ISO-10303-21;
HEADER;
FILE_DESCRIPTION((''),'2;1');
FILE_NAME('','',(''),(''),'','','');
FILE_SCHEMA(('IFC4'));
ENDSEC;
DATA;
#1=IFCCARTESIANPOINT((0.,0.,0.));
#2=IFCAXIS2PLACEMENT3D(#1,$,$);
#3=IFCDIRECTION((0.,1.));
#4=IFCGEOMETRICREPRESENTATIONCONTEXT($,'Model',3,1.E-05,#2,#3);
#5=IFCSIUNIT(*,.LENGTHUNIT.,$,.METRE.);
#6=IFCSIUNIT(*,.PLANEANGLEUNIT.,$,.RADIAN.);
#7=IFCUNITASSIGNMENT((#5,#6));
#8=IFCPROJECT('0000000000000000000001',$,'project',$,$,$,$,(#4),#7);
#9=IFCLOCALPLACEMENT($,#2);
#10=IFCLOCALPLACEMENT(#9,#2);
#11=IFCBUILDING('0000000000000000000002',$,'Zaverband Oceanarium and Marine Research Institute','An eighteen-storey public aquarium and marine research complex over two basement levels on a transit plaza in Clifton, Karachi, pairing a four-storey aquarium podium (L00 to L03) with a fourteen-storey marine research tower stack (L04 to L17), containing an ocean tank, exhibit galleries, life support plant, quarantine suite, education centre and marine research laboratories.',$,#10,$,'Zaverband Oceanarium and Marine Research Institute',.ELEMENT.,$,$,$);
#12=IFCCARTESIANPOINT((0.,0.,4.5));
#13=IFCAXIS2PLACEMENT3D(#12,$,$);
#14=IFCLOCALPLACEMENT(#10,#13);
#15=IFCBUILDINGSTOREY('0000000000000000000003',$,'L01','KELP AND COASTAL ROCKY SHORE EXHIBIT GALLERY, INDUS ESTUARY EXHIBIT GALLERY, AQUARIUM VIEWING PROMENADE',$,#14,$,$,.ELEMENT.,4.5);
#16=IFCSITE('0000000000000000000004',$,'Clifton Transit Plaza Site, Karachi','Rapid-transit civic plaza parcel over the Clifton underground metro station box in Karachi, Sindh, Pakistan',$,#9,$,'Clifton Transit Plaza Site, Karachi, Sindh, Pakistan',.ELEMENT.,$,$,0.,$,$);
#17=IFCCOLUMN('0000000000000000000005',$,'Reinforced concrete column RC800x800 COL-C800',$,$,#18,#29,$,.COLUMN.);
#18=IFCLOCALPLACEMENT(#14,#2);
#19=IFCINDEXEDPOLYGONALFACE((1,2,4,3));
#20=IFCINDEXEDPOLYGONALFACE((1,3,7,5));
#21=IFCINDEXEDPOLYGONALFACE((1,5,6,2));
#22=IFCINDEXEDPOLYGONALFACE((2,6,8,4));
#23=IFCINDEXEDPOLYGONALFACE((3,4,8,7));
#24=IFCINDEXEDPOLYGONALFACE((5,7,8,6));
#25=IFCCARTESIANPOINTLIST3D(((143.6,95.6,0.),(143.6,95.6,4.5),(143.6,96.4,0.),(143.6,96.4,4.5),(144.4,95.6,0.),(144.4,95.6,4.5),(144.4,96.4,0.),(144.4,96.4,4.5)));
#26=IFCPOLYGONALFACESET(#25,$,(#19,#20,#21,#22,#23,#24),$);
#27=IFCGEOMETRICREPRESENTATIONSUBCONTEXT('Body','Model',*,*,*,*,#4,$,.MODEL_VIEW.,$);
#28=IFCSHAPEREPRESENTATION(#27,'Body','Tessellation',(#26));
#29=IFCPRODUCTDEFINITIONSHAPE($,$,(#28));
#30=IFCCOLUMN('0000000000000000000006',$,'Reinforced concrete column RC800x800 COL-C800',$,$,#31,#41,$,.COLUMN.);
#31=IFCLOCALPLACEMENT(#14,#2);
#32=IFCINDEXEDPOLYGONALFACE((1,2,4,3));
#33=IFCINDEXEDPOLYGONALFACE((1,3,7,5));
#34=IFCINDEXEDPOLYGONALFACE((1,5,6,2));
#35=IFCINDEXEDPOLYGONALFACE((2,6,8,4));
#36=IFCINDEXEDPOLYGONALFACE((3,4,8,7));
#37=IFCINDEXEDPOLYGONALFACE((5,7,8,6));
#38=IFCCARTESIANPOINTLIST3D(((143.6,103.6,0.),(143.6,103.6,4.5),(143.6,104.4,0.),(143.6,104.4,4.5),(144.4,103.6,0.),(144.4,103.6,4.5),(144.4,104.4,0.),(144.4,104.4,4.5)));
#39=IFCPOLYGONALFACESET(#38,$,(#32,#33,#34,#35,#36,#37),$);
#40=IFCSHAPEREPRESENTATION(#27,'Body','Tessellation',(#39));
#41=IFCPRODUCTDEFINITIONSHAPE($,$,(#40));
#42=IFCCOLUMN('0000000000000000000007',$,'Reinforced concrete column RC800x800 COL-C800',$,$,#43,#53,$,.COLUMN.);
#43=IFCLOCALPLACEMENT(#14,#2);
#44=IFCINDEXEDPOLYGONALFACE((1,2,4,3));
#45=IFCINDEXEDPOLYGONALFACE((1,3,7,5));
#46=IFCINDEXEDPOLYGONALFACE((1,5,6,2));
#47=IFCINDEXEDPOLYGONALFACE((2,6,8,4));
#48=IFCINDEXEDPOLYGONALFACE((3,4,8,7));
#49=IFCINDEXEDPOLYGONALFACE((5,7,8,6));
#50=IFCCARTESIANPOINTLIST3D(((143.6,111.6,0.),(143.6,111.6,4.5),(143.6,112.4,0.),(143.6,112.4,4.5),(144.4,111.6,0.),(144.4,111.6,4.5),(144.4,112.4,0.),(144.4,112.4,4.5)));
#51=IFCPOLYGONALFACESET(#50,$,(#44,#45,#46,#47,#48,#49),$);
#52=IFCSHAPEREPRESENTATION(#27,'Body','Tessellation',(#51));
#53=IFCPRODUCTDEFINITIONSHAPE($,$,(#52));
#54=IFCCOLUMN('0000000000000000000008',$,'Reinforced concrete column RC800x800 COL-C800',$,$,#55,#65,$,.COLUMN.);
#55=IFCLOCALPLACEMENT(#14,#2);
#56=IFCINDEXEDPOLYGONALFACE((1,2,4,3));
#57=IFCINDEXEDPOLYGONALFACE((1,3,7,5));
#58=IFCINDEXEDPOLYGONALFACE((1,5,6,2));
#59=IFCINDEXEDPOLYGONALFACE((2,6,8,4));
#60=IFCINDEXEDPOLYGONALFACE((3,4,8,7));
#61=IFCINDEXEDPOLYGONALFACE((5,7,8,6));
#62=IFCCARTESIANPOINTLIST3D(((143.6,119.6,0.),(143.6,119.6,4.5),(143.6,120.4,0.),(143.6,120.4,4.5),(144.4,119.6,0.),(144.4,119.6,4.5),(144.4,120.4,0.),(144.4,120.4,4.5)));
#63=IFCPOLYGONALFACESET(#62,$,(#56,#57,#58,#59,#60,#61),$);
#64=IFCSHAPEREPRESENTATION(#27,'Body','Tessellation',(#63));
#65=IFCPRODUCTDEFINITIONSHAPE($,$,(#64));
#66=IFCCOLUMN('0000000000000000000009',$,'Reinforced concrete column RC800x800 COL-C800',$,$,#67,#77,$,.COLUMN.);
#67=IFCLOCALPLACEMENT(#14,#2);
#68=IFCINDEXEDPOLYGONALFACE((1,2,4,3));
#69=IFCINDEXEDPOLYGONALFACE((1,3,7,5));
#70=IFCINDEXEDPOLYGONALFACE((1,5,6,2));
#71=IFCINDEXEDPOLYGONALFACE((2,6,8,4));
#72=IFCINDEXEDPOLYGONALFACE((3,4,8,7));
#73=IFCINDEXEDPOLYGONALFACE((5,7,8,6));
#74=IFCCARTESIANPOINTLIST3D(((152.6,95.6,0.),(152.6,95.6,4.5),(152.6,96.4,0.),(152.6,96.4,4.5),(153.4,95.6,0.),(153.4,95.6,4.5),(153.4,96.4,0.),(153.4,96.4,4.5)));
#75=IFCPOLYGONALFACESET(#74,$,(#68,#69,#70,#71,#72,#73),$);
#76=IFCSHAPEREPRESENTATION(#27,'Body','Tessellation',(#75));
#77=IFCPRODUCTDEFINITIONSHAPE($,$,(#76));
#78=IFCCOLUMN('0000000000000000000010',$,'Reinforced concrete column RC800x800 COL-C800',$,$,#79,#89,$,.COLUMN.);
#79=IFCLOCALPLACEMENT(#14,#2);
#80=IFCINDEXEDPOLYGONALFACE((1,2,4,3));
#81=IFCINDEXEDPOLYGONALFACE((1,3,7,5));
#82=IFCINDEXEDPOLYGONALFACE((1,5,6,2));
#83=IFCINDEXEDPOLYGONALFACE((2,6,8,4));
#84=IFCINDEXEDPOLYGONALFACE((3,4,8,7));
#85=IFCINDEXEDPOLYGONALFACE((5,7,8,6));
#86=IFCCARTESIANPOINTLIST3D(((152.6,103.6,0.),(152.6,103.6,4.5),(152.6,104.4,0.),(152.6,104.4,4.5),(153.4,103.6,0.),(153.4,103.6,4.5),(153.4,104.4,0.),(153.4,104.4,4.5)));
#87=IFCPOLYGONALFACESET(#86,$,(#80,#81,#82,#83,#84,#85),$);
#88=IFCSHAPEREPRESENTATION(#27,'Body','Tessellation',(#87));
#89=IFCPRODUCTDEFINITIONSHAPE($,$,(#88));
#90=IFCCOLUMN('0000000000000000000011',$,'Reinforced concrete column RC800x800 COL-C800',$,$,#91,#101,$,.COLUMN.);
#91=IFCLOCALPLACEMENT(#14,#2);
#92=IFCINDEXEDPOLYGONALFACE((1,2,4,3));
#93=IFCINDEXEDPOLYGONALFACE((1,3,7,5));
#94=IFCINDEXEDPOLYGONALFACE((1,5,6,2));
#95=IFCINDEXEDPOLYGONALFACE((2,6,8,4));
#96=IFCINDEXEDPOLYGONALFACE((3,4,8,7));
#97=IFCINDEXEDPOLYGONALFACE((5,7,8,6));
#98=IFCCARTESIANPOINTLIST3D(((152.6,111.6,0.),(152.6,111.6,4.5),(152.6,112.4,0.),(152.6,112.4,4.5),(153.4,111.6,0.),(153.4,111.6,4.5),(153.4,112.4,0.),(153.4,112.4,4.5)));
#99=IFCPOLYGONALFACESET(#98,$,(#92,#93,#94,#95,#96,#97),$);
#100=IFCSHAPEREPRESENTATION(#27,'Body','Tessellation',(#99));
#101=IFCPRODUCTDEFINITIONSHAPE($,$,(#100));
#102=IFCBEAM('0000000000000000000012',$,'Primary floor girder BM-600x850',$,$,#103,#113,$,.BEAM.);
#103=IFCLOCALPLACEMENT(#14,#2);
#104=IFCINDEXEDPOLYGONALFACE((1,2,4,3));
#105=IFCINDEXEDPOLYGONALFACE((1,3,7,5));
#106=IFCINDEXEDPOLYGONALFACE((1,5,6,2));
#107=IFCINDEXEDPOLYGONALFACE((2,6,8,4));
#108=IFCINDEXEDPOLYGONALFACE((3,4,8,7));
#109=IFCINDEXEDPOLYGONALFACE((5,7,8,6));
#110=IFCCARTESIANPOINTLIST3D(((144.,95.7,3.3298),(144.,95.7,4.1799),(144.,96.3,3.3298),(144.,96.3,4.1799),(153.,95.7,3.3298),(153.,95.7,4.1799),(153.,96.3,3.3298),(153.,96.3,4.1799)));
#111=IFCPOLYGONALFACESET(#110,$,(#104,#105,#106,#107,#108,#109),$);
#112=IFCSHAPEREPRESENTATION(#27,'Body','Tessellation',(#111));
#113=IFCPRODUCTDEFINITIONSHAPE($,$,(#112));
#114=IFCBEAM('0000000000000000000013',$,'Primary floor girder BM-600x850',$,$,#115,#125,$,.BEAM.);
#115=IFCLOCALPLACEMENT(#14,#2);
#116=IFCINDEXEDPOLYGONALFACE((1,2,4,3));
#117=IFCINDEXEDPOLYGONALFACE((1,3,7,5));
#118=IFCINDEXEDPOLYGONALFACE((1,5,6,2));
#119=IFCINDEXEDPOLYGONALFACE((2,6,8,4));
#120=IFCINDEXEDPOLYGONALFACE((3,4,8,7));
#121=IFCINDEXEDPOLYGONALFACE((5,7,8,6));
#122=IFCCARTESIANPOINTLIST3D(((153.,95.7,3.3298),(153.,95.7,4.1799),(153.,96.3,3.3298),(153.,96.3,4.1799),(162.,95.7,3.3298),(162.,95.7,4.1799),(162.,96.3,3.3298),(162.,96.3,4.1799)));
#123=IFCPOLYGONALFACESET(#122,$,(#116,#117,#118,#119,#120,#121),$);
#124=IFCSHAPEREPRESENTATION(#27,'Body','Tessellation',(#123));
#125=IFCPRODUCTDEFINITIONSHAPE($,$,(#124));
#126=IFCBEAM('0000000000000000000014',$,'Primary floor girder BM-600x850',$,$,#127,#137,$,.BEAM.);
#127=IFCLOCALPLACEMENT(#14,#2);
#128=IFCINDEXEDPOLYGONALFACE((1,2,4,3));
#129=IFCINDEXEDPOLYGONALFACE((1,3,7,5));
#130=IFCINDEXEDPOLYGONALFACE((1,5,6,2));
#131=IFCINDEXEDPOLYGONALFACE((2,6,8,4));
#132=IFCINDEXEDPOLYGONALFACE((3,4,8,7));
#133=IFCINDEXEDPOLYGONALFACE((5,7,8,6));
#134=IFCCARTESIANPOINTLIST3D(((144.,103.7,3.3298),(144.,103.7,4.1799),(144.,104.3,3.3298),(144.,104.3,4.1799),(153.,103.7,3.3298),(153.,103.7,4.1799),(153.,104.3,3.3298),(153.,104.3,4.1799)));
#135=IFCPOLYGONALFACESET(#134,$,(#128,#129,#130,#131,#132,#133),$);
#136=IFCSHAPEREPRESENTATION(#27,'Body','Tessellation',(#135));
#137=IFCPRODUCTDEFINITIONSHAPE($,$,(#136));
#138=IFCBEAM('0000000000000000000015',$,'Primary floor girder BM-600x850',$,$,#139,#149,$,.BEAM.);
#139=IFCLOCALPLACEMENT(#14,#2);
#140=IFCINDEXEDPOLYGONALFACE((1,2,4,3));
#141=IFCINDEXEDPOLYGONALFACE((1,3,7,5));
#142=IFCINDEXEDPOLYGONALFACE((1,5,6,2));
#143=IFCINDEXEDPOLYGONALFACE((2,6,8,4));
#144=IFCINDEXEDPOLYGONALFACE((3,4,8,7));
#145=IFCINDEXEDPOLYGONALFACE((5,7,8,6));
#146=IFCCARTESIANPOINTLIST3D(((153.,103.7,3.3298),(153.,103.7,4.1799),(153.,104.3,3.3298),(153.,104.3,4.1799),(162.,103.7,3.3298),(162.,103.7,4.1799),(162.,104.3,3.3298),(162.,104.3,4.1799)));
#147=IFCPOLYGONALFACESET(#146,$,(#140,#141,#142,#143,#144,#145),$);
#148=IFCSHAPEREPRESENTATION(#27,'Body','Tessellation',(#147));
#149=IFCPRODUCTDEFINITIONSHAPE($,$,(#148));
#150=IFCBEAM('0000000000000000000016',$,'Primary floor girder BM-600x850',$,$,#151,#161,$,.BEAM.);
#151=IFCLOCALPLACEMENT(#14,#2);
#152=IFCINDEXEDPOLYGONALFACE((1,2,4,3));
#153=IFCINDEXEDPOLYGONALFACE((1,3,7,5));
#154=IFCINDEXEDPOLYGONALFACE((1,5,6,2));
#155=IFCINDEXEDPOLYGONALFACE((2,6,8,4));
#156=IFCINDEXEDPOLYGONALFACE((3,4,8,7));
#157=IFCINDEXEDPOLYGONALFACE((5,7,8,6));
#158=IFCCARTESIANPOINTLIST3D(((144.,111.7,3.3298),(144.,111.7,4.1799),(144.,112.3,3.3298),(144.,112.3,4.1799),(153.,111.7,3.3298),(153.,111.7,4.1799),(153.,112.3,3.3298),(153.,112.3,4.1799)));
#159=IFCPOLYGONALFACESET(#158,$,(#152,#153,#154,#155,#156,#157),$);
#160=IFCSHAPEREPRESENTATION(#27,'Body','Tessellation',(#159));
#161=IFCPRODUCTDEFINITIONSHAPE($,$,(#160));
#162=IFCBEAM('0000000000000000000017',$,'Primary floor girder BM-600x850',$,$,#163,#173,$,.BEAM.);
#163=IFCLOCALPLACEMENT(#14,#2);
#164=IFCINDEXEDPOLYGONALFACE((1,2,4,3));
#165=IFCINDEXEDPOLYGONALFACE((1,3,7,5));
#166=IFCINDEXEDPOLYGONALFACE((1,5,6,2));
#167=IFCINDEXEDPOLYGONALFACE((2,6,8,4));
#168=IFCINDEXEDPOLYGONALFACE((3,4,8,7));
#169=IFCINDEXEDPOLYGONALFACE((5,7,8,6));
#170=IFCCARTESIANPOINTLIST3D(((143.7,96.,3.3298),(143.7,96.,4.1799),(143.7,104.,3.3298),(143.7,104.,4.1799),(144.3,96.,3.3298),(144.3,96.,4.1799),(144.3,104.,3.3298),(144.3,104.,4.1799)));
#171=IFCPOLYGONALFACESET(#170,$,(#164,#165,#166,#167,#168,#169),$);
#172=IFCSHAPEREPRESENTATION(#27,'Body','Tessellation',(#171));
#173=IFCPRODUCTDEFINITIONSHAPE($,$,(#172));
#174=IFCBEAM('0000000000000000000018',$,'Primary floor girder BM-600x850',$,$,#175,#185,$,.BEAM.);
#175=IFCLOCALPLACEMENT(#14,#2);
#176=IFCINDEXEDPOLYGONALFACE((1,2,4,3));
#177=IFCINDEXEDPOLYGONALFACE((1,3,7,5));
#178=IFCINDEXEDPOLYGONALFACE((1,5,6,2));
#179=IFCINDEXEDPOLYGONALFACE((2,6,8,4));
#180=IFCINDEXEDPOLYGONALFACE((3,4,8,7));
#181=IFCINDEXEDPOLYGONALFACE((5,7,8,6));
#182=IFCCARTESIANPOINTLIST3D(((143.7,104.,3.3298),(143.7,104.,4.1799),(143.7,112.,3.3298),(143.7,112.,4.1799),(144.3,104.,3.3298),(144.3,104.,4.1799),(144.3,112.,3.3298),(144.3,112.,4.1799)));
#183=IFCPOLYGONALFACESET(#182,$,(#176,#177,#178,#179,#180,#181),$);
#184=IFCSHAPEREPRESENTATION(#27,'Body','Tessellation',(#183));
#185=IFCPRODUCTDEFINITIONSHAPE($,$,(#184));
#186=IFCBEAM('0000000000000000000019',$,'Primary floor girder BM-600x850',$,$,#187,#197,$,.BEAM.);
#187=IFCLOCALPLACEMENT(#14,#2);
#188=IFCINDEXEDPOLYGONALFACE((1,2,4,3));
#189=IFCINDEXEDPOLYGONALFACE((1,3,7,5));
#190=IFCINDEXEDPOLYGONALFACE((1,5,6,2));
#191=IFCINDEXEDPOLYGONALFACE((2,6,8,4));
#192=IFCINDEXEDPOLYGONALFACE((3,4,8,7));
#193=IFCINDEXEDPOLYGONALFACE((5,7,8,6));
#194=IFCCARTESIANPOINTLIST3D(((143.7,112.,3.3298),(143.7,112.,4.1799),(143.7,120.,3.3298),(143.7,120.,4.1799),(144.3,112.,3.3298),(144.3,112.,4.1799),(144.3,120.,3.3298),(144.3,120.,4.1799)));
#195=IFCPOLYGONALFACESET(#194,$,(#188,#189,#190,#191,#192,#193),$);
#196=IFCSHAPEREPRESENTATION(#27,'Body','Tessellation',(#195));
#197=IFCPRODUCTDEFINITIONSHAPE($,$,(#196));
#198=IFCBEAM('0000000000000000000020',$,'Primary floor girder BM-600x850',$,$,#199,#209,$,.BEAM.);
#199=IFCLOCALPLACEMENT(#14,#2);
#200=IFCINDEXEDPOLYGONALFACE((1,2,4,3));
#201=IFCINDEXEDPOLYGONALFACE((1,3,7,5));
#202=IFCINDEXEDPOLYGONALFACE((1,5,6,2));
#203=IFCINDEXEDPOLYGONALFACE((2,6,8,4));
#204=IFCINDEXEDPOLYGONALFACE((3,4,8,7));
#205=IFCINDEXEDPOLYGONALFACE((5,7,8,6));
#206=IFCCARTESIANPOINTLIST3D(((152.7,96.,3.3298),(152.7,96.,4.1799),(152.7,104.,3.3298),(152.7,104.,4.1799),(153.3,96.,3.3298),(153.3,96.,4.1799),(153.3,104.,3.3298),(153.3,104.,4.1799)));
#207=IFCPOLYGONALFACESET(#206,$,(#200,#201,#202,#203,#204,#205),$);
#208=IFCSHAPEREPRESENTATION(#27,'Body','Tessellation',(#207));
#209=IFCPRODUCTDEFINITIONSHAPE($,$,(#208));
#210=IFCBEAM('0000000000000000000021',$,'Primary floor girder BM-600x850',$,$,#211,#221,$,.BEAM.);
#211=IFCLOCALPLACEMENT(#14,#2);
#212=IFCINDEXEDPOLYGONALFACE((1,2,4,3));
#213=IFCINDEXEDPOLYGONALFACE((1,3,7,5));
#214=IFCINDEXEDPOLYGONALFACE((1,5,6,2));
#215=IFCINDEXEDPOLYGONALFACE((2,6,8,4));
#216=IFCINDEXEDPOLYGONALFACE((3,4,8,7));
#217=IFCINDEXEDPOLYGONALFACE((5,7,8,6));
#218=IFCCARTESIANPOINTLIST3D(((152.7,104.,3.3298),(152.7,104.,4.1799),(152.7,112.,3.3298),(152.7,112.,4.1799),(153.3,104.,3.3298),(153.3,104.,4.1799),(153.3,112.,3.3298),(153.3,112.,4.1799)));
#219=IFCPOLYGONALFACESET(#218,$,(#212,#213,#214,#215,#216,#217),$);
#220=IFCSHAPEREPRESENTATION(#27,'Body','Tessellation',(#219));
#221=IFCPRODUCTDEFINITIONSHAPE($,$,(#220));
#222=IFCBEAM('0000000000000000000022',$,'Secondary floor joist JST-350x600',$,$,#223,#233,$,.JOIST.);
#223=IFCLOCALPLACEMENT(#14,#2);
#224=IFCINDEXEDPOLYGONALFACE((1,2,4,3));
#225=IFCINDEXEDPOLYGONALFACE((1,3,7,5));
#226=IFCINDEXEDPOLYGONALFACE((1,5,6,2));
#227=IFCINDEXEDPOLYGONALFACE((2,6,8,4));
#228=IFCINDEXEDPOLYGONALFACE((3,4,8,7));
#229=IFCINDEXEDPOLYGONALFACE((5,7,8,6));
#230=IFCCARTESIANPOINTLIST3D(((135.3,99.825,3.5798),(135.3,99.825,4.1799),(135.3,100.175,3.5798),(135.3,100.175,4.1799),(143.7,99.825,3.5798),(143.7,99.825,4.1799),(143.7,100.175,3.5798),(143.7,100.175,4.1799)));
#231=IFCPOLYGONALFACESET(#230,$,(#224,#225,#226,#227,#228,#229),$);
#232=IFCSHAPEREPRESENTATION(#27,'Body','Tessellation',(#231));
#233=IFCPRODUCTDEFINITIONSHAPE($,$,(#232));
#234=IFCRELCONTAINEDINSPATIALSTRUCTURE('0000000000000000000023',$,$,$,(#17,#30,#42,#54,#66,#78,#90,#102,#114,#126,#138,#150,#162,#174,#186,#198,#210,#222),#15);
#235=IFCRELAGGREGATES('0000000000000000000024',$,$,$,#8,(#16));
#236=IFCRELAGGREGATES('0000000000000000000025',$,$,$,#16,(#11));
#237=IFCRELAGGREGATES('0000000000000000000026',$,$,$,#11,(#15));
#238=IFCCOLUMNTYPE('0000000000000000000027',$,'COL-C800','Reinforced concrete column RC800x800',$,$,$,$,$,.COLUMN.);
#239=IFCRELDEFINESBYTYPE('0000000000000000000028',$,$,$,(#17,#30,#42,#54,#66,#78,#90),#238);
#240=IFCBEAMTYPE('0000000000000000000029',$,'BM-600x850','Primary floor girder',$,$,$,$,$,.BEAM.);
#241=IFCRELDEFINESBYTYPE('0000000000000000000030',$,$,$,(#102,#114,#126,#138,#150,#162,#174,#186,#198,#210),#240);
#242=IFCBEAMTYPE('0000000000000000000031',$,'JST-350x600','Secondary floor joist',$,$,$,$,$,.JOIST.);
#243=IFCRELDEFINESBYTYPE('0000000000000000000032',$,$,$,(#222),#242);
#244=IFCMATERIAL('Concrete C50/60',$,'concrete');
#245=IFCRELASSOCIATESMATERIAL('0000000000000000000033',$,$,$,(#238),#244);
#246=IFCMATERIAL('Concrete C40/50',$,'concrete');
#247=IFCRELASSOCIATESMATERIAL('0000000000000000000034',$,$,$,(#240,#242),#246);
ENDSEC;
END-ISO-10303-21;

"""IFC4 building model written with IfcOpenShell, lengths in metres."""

from ifc_helpers import new_model, si_unit, direction, frame, origin, origin_2d, place, context, subcontext, project, spatial, rectangle, extrude, material, material_profile, profile_set, type_object, element, save


model = new_model("IFC4")

# Units and contexts
model_context = context("Model", 3, precision=1e-05, world=origin(), true_north=direction((0.0, 1.0)))
body_context = subcontext(model_context, "Body", "Model", "MODEL_VIEW")
ifc_project = project(units=[si_unit("LENGTHUNIT", "METRE"), si_unit("PLANEANGLEUNIT", "RADIAN")], contexts=[model_context])

# Site, building, storey
site_placement = place(None, origin())
site = spatial("IfcSite", under=ifc_project, at=site_placement, Name="Clifton Transit Plaza Site, Karachi", Description="Rapid-transit civic plaza parcel over the Clifton underground metro station box in Karachi, Sindh, Pakistan", LongName="Clifton Transit Plaza Site, Karachi, Sindh, Pakistan", CompositionType="ELEMENT", RefElevation=0.0)
building_placement = place(site_placement, origin())
building = spatial("IfcBuilding", under=site, at=building_placement, Name="Zaverband Oceanarium and Marine Research Institute", Description="An eighteen-storey public aquarium and marine research complex over two basement levels on a transit plaza in Clifton, Karachi, pairing a four-storey aquarium podium (L00 to L03) with a fourteen-storey marine research tower stack (L04 to L17), containing an ocean tank, exhibit galleries, life support plant, quarantine suite, education centre and marine research laboratories.", LongName="Zaverband Oceanarium and Marine Research Institute", CompositionType="ELEMENT")
storey_placement = place(building_placement, frame((0.0, 0.0, 4.5)))
storey = spatial("IfcBuildingStorey", under=building, at=storey_placement, Name="L01", Description="KELP AND COASTAL ROCKY SHORE EXHIBIT GALLERY, INDUS ESTUARY EXHIBIT GALLERY, AQUARIUM VIEWING PROMENADE", CompositionType="ELEMENT", Elevation=4.5)

# Columns
ifc_material_1 = material(Name="Concrete C50/60", Category="concrete")
ifc_material_profile_1 = material_profile(ifc_material_1, rectangle(XDim=0.8, YDim=0.8, at=origin_2d()), Name="RC800x800")
ifc_profile_set_1 = profile_set([ifc_material_profile_1], Name="Concrete C50/60")
column_type = type_object("IfcColumnType", Name="COL-C800", Description="Reinforced concrete column RC800x800", PredefinedType="COLUMN", material=ifc_profile_set_1)
for number, where, z_axis, x_axis, name in (
    (1, (144.0, 96.0, 0.0), (0.0, 0.0, 1.0), (1.0, 0.0, 0.0), "Reinforced concrete column RC800x800 COL-C800"),
    (2, (144.0, 104.0, 0.0), (0.0, 0.0, 1.0), (1.0, 0.0, 0.0), "Reinforced concrete column RC800x800 COL-C800"),
    (3, (144.0, 112.0, 0.0), (0.0, 0.0, 1.0), (1.0, 0.0, 0.0), "Reinforced concrete column RC800x800 COL-C800"),
    (4, (144.0, 120.0, 0.0), (0.0, 0.0, 1.0), (1.0, 0.0, 0.0), "Reinforced concrete column RC800x800 COL-C800"),
    (5, (153.0, 96.0, 0.0), (0.0, 0.0, 1.0), (1.0, 0.0, 0.0), "Reinforced concrete column RC800x800 COL-C800"),
    (6, (153.0, 104.0, 0.0), (0.0, 0.0, 1.0), (1.0, 0.0, 0.0), "Reinforced concrete column RC800x800 COL-C800"),
    (7, (153.0, 112.0, 0.0), (0.0, 0.0, 1.0), (1.0, 0.0, 0.0), "Reinforced concrete column RC800x800 COL-C800"),
):
    element("IfcColumn", number, at=place(storey_placement, frame(where, z_axis=z_axis, x_axis=x_axis)), inside=storey, type_object=column_type, Name=name, PredefinedType="COLUMN", context=body_context, shape_type="SweptSolid", body=[
        extrude(rectangle(XDim=0.8, YDim=0.8, at=origin_2d()), origin(), (0.0, 0.0, 1.0), 4.5),
    ])

# Beams
ifc_material_2 = material(Name="Concrete C40/50", Category="concrete")
ifc_material_profile_2 = material_profile(ifc_material_2, rectangle(XDim=0.6001, YDim=0.8501, at=origin_2d()), Name="RC600x850")
ifc_profile_set_2 = profile_set([ifc_material_profile_2], Name="Concrete C40/50")
beam_type_1 = type_object("IfcBeamType", Name="BM-600x850", Description="Primary floor girder", PredefinedType="BEAM", material=ifc_profile_set_2)
for number, where, z_axis, x_axis, name in (
    (8, (144.0, 96.0, 3.7549), (1.0, 0.0, 0.0), (0.0, 1.0, 0.0), "Primary floor girder BM-600x850"),
    (9, (153.0, 96.0, 3.7549), (1.0, 0.0, 0.0), (0.0, 1.0, 0.0), "Primary floor girder BM-600x850"),
    (10, (144.0, 104.0, 3.7549), (1.0, 0.0, 0.0), (0.0, 1.0, 0.0), "Primary floor girder BM-600x850"),
    (11, (153.0, 104.0, 3.7549), (1.0, 0.0, 0.0), (0.0, 1.0, 0.0), "Primary floor girder BM-600x850"),
    (12, (144.0, 112.0, 3.7549), (1.0, 0.0, 0.0), (0.0, 1.0, 0.0), "Primary floor girder BM-600x850"),
):
    element("IfcBeam", number, at=place(storey_placement, frame(where, z_axis=z_axis, x_axis=x_axis)), inside=storey, type_object=beam_type_1, Name=name, PredefinedType="BEAM", context=body_context, shape_type="SweptSolid", body=[
        extrude(rectangle(XDim=0.6001, YDim=0.8501, at=origin_2d()), origin(), (0.0, 0.0, 1.0), 9.0),
    ])
for number, where, z_axis, x_axis, name in (
    (13, (144.0, 96.0, 3.7549), (0.0, 1.0, 0.0), (-1.0, 0.0, 0.0), "Primary floor girder BM-600x850"),
    (14, (144.0, 104.0, 3.7549), (0.0, 1.0, 0.0), (-1.0, 0.0, 0.0), "Primary floor girder BM-600x850"),
    (15, (144.0, 112.0, 3.7549), (0.0, 1.0, 0.0), (-1.0, 0.0, 0.0), "Primary floor girder BM-600x850"),
    (16, (153.0, 96.0, 3.7549), (0.0, 1.0, 0.0), (-1.0, 0.0, 0.0), "Primary floor girder BM-600x850"),
    (17, (153.0, 104.0, 3.7549), (0.0, 1.0, 0.0), (-1.0, 0.0, 0.0), "Primary floor girder BM-600x850"),
):
    element("IfcBeam", number, at=place(storey_placement, frame(where, z_axis=z_axis, x_axis=x_axis)), inside=storey, type_object=beam_type_1, Name=name, PredefinedType="BEAM", context=body_context, shape_type="SweptSolid", body=[
        extrude(rectangle(XDim=0.6001, YDim=0.8501, at=origin_2d()), origin(), (0.0, 0.0, 1.0), 8.0),
    ])
ifc_material_profile_3 = material_profile(ifc_material_2, rectangle(XDim=0.3501, YDim=0.6001, at=origin_2d()), Name="RC350x600")
ifc_profile_set_3 = profile_set([ifc_material_profile_3], Name="Concrete C40/50")
beam_type_2 = type_object("IfcBeamType", Name="JST-350x600", Description="Secondary floor joist", PredefinedType="JOIST", material=ifc_profile_set_3)
for number, where, z_axis, x_axis, name in (
    (18, (135.3, 100.0, 3.8799), (1.0, 0.0, 0.0), (0.0, 1.0, 0.0), "Secondary floor joist JST-350x600"),
):
    element("IfcBeam", number, at=place(storey_placement, frame(where, z_axis=z_axis, x_axis=x_axis)), inside=storey, type_object=beam_type_2, Name=name, PredefinedType="JOIST", context=body_context, shape_type="SweptSolid", body=[
        extrude(rectangle(XDim=0.3501, YDim=0.6001, at=origin_2d()), origin(), (0.0, 0.0, 1.0), 8.3999),
    ])

save(model, "model.ifc")
